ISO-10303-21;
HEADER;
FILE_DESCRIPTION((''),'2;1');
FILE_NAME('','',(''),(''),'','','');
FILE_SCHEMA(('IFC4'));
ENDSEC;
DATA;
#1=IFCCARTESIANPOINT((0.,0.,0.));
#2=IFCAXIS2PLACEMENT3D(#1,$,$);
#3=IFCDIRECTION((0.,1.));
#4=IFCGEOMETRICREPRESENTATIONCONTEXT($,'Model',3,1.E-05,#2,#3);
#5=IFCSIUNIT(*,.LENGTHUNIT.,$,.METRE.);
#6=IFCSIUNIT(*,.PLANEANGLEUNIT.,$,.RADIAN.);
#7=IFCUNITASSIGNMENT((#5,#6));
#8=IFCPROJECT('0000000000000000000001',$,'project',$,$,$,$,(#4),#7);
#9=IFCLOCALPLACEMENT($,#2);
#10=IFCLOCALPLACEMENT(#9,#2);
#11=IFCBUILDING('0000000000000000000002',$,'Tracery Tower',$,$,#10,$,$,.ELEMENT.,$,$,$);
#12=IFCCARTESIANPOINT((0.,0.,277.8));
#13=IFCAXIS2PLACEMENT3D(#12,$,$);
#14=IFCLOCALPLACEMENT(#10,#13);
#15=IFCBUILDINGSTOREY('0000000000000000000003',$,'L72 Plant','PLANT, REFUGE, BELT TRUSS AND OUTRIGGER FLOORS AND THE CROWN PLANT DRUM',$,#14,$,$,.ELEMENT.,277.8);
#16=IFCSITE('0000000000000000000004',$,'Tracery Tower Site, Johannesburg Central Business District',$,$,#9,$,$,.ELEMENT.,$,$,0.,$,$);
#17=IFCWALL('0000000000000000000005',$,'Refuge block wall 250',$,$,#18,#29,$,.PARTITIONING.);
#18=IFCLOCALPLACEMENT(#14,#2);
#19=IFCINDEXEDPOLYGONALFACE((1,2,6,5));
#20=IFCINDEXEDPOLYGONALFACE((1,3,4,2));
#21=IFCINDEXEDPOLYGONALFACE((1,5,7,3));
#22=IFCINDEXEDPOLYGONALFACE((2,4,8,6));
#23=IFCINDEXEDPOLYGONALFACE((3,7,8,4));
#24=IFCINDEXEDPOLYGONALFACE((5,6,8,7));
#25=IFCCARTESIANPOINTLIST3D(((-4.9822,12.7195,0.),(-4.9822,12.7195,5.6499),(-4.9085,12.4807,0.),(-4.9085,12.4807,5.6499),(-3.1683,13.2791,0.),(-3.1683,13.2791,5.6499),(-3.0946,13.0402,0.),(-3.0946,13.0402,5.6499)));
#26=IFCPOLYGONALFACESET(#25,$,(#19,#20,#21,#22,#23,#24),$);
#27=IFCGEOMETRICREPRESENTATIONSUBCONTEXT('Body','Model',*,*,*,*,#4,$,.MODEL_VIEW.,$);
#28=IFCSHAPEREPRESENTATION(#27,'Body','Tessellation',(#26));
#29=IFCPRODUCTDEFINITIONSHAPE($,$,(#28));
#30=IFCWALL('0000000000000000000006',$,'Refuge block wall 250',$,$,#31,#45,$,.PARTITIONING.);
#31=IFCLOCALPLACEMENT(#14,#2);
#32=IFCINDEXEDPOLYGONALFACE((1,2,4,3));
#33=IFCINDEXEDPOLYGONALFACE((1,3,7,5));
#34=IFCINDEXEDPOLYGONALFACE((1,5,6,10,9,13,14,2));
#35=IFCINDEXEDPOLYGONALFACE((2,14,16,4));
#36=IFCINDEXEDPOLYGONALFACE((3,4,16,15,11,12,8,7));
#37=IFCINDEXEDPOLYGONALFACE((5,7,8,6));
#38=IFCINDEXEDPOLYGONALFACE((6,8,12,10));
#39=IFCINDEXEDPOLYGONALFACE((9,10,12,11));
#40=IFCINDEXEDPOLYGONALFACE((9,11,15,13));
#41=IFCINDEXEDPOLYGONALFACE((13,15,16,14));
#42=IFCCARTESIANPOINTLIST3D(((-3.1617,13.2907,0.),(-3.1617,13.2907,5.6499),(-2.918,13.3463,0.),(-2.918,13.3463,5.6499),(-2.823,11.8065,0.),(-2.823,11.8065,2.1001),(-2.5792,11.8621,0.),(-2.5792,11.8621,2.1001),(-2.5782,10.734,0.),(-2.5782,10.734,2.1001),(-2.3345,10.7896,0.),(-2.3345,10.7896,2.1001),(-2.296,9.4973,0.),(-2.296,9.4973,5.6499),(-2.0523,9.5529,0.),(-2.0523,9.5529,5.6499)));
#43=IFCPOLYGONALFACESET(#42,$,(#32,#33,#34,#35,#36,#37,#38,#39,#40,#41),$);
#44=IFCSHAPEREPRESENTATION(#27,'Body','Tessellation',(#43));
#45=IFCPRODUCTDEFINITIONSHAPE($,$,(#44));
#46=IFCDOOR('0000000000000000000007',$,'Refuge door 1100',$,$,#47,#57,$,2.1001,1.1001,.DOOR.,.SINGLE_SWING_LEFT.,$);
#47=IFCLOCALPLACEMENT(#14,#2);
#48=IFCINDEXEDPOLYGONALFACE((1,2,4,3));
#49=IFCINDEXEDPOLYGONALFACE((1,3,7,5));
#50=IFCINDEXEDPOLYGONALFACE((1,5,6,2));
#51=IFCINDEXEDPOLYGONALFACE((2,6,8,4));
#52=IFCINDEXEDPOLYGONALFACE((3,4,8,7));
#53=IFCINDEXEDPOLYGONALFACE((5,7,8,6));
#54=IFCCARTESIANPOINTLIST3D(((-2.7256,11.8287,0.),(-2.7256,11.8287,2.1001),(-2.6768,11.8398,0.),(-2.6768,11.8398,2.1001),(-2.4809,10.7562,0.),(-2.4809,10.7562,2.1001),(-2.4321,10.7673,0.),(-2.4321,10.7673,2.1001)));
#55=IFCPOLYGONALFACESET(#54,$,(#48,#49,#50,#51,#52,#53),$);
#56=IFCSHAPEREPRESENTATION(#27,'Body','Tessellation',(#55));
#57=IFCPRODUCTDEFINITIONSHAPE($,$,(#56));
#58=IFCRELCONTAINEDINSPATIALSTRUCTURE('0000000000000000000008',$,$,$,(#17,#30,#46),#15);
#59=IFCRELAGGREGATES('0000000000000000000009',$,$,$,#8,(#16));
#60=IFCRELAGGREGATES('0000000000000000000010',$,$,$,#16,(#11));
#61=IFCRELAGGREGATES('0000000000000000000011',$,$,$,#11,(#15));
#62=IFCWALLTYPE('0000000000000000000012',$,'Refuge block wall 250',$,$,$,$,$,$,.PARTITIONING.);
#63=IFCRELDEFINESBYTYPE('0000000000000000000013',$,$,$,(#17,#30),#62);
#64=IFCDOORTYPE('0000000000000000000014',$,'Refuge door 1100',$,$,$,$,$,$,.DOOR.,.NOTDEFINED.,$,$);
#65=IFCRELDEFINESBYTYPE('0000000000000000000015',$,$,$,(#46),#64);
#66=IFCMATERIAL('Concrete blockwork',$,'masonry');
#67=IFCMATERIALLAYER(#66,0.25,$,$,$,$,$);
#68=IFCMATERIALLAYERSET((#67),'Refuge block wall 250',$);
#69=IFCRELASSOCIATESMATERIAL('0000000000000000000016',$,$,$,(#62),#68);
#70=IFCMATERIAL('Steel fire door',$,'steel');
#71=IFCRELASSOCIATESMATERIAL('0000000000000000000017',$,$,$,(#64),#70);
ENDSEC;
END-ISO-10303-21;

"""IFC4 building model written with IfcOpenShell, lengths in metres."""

from ifc_helpers import new_model, si_unit, direction, frame, frame_2d, origin, place, context, subcontext, project, spatial, rectangle, extrude, material, layer, layer_set, type_object, element, fill, save


model = new_model("IFC4")

# Units and contexts
model_context = context("Model", 3, precision=1e-05, world=origin(), true_north=direction((0.0, 1.0)))
body_context = subcontext(model_context, "Body", "Model", "MODEL_VIEW")
ifc_project = project(units=[si_unit("LENGTHUNIT", "METRE"), si_unit("PLANEANGLEUNIT", "RADIAN")], contexts=[model_context])

# Site, building, storey
site_placement = place(None, origin())
site = spatial("IfcSite", under=ifc_project, at=site_placement, Name="Tracery Tower Site, Johannesburg Central Business District", CompositionType="ELEMENT", RefElevation=0.0)
building_placement = place(site_placement, origin())
building = spatial("IfcBuilding", under=site, at=building_placement, Name="Tracery Tower", CompositionType="ELEMENT")
storey_placement = place(building_placement, frame((0.0, 0.0, 277.8)))
storey = spatial("IfcBuildingStorey", under=building, at=storey_placement, Name="L72 Plant", Description="PLANT, REFUGE, BELT TRUSS AND OUTRIGGER FLOORS AND THE CROWN PLANT DRUM", CompositionType="ELEMENT", Elevation=277.8)

# Wall
ifc_material_1 = material(Name="Concrete blockwork", Category="masonry")
ifc_layer_1 = layer(ifc_material_1, 0.25)
ifc_layer_set_1 = layer_set([ifc_layer_1], Name="Refuge block wall 250")
wall_type_1 = type_object("IfcWallType", Name="Refuge block wall 250", PredefinedType="PARTITIONING", material=ifc_layer_set_1)
wall_1_placement = place(storey_placement, frame((-3.1313, 13.1597, 0.0), z_axis=(0.0, 0.0, 1.0), x_axis=(-0.955567, -0.294773, 0.0)))
element("IfcWall", 1, at=wall_1_placement, inside=storey, type_object=wall_type_1, Name="Refuge block wall 250", PredefinedType="PARTITIONING", context=body_context, shape_type="SweptSolid", body=[
    extrude(rectangle(XDim=1.8982, YDim=0.25, at=frame_2d((0.9492, 0.0))), origin(), (0.0, 0.0, 1.0), 5.6499),
])

# Wall, opening, door
wall_2_placement = place(storey_placement, frame((-3.0398, 13.3184, 0.0), z_axis=(0.0, 0.0, 1.0), x_axis=(0.222494, -0.974934, 0.0)))
wall_2 = element("IfcWall", 2, at=wall_2_placement, inside=storey, type_object=wall_type_1, Name="Refuge block wall 250", PredefinedType="PARTITIONING", context=body_context, shape_type="SweptSolid", body=[
    extrude(rectangle(XDim=3.8909, YDim=0.25, at=frame_2d((1.9453, 0.0))), origin(), (0.0, 0.0, 1.0), 5.6499),
])
opening_1_placement = place(wall_2_placement, frame((1.5222, 0.0, 0.0)))
opening_1 = element("IfcOpeningElement", 3, at=opening_1_placement, cuts=wall_2, PredefinedType="OPENING", context=body_context, shape_type="SweptSolid", body=[
    extrude(rectangle(XDim=1.1001, YDim=2.1001, at=frame_2d((0.55, 1.05))), frame((0.0, 0.125, 0.0), z_axis=(0.0, -1.0, 0.0), x_axis=(1.0, 0.0, 0.0)), (0.0, 0.0, 1.0), 0.25),
])
ifc_material_2 = material(Name="Steel fire door", Category="steel")
door_type_1 = type_object("IfcDoorType", Name="Refuge door 1100", OperationType="NOTDEFINED", PredefinedType="DOOR", material=ifc_material_2)
door_1_placement = place(opening_1_placement, origin())
door_1 = element("IfcDoor", 4, at=door_1_placement, inside=storey, type_object=door_type_1, Name="Refuge door 1100", OperationType="SINGLE_SWING_LEFT", OverallHeight=2.1001, OverallWidth=1.1001, PredefinedType="DOOR", context=body_context, shape_type="SweptSolid", body=[
    extrude(rectangle(XDim=1.1001, YDim=2.1001, at=frame_2d((0.55, 1.05))), frame((0.0, 0.0249, 0.0), z_axis=(0.0, -1.0, 0.0), x_axis=(1.0, 0.0, 0.0)), (0.0, 0.0, 1.0), 0.05),
])
fill(opening_1, door_1)

save(model, "model.ifc")
